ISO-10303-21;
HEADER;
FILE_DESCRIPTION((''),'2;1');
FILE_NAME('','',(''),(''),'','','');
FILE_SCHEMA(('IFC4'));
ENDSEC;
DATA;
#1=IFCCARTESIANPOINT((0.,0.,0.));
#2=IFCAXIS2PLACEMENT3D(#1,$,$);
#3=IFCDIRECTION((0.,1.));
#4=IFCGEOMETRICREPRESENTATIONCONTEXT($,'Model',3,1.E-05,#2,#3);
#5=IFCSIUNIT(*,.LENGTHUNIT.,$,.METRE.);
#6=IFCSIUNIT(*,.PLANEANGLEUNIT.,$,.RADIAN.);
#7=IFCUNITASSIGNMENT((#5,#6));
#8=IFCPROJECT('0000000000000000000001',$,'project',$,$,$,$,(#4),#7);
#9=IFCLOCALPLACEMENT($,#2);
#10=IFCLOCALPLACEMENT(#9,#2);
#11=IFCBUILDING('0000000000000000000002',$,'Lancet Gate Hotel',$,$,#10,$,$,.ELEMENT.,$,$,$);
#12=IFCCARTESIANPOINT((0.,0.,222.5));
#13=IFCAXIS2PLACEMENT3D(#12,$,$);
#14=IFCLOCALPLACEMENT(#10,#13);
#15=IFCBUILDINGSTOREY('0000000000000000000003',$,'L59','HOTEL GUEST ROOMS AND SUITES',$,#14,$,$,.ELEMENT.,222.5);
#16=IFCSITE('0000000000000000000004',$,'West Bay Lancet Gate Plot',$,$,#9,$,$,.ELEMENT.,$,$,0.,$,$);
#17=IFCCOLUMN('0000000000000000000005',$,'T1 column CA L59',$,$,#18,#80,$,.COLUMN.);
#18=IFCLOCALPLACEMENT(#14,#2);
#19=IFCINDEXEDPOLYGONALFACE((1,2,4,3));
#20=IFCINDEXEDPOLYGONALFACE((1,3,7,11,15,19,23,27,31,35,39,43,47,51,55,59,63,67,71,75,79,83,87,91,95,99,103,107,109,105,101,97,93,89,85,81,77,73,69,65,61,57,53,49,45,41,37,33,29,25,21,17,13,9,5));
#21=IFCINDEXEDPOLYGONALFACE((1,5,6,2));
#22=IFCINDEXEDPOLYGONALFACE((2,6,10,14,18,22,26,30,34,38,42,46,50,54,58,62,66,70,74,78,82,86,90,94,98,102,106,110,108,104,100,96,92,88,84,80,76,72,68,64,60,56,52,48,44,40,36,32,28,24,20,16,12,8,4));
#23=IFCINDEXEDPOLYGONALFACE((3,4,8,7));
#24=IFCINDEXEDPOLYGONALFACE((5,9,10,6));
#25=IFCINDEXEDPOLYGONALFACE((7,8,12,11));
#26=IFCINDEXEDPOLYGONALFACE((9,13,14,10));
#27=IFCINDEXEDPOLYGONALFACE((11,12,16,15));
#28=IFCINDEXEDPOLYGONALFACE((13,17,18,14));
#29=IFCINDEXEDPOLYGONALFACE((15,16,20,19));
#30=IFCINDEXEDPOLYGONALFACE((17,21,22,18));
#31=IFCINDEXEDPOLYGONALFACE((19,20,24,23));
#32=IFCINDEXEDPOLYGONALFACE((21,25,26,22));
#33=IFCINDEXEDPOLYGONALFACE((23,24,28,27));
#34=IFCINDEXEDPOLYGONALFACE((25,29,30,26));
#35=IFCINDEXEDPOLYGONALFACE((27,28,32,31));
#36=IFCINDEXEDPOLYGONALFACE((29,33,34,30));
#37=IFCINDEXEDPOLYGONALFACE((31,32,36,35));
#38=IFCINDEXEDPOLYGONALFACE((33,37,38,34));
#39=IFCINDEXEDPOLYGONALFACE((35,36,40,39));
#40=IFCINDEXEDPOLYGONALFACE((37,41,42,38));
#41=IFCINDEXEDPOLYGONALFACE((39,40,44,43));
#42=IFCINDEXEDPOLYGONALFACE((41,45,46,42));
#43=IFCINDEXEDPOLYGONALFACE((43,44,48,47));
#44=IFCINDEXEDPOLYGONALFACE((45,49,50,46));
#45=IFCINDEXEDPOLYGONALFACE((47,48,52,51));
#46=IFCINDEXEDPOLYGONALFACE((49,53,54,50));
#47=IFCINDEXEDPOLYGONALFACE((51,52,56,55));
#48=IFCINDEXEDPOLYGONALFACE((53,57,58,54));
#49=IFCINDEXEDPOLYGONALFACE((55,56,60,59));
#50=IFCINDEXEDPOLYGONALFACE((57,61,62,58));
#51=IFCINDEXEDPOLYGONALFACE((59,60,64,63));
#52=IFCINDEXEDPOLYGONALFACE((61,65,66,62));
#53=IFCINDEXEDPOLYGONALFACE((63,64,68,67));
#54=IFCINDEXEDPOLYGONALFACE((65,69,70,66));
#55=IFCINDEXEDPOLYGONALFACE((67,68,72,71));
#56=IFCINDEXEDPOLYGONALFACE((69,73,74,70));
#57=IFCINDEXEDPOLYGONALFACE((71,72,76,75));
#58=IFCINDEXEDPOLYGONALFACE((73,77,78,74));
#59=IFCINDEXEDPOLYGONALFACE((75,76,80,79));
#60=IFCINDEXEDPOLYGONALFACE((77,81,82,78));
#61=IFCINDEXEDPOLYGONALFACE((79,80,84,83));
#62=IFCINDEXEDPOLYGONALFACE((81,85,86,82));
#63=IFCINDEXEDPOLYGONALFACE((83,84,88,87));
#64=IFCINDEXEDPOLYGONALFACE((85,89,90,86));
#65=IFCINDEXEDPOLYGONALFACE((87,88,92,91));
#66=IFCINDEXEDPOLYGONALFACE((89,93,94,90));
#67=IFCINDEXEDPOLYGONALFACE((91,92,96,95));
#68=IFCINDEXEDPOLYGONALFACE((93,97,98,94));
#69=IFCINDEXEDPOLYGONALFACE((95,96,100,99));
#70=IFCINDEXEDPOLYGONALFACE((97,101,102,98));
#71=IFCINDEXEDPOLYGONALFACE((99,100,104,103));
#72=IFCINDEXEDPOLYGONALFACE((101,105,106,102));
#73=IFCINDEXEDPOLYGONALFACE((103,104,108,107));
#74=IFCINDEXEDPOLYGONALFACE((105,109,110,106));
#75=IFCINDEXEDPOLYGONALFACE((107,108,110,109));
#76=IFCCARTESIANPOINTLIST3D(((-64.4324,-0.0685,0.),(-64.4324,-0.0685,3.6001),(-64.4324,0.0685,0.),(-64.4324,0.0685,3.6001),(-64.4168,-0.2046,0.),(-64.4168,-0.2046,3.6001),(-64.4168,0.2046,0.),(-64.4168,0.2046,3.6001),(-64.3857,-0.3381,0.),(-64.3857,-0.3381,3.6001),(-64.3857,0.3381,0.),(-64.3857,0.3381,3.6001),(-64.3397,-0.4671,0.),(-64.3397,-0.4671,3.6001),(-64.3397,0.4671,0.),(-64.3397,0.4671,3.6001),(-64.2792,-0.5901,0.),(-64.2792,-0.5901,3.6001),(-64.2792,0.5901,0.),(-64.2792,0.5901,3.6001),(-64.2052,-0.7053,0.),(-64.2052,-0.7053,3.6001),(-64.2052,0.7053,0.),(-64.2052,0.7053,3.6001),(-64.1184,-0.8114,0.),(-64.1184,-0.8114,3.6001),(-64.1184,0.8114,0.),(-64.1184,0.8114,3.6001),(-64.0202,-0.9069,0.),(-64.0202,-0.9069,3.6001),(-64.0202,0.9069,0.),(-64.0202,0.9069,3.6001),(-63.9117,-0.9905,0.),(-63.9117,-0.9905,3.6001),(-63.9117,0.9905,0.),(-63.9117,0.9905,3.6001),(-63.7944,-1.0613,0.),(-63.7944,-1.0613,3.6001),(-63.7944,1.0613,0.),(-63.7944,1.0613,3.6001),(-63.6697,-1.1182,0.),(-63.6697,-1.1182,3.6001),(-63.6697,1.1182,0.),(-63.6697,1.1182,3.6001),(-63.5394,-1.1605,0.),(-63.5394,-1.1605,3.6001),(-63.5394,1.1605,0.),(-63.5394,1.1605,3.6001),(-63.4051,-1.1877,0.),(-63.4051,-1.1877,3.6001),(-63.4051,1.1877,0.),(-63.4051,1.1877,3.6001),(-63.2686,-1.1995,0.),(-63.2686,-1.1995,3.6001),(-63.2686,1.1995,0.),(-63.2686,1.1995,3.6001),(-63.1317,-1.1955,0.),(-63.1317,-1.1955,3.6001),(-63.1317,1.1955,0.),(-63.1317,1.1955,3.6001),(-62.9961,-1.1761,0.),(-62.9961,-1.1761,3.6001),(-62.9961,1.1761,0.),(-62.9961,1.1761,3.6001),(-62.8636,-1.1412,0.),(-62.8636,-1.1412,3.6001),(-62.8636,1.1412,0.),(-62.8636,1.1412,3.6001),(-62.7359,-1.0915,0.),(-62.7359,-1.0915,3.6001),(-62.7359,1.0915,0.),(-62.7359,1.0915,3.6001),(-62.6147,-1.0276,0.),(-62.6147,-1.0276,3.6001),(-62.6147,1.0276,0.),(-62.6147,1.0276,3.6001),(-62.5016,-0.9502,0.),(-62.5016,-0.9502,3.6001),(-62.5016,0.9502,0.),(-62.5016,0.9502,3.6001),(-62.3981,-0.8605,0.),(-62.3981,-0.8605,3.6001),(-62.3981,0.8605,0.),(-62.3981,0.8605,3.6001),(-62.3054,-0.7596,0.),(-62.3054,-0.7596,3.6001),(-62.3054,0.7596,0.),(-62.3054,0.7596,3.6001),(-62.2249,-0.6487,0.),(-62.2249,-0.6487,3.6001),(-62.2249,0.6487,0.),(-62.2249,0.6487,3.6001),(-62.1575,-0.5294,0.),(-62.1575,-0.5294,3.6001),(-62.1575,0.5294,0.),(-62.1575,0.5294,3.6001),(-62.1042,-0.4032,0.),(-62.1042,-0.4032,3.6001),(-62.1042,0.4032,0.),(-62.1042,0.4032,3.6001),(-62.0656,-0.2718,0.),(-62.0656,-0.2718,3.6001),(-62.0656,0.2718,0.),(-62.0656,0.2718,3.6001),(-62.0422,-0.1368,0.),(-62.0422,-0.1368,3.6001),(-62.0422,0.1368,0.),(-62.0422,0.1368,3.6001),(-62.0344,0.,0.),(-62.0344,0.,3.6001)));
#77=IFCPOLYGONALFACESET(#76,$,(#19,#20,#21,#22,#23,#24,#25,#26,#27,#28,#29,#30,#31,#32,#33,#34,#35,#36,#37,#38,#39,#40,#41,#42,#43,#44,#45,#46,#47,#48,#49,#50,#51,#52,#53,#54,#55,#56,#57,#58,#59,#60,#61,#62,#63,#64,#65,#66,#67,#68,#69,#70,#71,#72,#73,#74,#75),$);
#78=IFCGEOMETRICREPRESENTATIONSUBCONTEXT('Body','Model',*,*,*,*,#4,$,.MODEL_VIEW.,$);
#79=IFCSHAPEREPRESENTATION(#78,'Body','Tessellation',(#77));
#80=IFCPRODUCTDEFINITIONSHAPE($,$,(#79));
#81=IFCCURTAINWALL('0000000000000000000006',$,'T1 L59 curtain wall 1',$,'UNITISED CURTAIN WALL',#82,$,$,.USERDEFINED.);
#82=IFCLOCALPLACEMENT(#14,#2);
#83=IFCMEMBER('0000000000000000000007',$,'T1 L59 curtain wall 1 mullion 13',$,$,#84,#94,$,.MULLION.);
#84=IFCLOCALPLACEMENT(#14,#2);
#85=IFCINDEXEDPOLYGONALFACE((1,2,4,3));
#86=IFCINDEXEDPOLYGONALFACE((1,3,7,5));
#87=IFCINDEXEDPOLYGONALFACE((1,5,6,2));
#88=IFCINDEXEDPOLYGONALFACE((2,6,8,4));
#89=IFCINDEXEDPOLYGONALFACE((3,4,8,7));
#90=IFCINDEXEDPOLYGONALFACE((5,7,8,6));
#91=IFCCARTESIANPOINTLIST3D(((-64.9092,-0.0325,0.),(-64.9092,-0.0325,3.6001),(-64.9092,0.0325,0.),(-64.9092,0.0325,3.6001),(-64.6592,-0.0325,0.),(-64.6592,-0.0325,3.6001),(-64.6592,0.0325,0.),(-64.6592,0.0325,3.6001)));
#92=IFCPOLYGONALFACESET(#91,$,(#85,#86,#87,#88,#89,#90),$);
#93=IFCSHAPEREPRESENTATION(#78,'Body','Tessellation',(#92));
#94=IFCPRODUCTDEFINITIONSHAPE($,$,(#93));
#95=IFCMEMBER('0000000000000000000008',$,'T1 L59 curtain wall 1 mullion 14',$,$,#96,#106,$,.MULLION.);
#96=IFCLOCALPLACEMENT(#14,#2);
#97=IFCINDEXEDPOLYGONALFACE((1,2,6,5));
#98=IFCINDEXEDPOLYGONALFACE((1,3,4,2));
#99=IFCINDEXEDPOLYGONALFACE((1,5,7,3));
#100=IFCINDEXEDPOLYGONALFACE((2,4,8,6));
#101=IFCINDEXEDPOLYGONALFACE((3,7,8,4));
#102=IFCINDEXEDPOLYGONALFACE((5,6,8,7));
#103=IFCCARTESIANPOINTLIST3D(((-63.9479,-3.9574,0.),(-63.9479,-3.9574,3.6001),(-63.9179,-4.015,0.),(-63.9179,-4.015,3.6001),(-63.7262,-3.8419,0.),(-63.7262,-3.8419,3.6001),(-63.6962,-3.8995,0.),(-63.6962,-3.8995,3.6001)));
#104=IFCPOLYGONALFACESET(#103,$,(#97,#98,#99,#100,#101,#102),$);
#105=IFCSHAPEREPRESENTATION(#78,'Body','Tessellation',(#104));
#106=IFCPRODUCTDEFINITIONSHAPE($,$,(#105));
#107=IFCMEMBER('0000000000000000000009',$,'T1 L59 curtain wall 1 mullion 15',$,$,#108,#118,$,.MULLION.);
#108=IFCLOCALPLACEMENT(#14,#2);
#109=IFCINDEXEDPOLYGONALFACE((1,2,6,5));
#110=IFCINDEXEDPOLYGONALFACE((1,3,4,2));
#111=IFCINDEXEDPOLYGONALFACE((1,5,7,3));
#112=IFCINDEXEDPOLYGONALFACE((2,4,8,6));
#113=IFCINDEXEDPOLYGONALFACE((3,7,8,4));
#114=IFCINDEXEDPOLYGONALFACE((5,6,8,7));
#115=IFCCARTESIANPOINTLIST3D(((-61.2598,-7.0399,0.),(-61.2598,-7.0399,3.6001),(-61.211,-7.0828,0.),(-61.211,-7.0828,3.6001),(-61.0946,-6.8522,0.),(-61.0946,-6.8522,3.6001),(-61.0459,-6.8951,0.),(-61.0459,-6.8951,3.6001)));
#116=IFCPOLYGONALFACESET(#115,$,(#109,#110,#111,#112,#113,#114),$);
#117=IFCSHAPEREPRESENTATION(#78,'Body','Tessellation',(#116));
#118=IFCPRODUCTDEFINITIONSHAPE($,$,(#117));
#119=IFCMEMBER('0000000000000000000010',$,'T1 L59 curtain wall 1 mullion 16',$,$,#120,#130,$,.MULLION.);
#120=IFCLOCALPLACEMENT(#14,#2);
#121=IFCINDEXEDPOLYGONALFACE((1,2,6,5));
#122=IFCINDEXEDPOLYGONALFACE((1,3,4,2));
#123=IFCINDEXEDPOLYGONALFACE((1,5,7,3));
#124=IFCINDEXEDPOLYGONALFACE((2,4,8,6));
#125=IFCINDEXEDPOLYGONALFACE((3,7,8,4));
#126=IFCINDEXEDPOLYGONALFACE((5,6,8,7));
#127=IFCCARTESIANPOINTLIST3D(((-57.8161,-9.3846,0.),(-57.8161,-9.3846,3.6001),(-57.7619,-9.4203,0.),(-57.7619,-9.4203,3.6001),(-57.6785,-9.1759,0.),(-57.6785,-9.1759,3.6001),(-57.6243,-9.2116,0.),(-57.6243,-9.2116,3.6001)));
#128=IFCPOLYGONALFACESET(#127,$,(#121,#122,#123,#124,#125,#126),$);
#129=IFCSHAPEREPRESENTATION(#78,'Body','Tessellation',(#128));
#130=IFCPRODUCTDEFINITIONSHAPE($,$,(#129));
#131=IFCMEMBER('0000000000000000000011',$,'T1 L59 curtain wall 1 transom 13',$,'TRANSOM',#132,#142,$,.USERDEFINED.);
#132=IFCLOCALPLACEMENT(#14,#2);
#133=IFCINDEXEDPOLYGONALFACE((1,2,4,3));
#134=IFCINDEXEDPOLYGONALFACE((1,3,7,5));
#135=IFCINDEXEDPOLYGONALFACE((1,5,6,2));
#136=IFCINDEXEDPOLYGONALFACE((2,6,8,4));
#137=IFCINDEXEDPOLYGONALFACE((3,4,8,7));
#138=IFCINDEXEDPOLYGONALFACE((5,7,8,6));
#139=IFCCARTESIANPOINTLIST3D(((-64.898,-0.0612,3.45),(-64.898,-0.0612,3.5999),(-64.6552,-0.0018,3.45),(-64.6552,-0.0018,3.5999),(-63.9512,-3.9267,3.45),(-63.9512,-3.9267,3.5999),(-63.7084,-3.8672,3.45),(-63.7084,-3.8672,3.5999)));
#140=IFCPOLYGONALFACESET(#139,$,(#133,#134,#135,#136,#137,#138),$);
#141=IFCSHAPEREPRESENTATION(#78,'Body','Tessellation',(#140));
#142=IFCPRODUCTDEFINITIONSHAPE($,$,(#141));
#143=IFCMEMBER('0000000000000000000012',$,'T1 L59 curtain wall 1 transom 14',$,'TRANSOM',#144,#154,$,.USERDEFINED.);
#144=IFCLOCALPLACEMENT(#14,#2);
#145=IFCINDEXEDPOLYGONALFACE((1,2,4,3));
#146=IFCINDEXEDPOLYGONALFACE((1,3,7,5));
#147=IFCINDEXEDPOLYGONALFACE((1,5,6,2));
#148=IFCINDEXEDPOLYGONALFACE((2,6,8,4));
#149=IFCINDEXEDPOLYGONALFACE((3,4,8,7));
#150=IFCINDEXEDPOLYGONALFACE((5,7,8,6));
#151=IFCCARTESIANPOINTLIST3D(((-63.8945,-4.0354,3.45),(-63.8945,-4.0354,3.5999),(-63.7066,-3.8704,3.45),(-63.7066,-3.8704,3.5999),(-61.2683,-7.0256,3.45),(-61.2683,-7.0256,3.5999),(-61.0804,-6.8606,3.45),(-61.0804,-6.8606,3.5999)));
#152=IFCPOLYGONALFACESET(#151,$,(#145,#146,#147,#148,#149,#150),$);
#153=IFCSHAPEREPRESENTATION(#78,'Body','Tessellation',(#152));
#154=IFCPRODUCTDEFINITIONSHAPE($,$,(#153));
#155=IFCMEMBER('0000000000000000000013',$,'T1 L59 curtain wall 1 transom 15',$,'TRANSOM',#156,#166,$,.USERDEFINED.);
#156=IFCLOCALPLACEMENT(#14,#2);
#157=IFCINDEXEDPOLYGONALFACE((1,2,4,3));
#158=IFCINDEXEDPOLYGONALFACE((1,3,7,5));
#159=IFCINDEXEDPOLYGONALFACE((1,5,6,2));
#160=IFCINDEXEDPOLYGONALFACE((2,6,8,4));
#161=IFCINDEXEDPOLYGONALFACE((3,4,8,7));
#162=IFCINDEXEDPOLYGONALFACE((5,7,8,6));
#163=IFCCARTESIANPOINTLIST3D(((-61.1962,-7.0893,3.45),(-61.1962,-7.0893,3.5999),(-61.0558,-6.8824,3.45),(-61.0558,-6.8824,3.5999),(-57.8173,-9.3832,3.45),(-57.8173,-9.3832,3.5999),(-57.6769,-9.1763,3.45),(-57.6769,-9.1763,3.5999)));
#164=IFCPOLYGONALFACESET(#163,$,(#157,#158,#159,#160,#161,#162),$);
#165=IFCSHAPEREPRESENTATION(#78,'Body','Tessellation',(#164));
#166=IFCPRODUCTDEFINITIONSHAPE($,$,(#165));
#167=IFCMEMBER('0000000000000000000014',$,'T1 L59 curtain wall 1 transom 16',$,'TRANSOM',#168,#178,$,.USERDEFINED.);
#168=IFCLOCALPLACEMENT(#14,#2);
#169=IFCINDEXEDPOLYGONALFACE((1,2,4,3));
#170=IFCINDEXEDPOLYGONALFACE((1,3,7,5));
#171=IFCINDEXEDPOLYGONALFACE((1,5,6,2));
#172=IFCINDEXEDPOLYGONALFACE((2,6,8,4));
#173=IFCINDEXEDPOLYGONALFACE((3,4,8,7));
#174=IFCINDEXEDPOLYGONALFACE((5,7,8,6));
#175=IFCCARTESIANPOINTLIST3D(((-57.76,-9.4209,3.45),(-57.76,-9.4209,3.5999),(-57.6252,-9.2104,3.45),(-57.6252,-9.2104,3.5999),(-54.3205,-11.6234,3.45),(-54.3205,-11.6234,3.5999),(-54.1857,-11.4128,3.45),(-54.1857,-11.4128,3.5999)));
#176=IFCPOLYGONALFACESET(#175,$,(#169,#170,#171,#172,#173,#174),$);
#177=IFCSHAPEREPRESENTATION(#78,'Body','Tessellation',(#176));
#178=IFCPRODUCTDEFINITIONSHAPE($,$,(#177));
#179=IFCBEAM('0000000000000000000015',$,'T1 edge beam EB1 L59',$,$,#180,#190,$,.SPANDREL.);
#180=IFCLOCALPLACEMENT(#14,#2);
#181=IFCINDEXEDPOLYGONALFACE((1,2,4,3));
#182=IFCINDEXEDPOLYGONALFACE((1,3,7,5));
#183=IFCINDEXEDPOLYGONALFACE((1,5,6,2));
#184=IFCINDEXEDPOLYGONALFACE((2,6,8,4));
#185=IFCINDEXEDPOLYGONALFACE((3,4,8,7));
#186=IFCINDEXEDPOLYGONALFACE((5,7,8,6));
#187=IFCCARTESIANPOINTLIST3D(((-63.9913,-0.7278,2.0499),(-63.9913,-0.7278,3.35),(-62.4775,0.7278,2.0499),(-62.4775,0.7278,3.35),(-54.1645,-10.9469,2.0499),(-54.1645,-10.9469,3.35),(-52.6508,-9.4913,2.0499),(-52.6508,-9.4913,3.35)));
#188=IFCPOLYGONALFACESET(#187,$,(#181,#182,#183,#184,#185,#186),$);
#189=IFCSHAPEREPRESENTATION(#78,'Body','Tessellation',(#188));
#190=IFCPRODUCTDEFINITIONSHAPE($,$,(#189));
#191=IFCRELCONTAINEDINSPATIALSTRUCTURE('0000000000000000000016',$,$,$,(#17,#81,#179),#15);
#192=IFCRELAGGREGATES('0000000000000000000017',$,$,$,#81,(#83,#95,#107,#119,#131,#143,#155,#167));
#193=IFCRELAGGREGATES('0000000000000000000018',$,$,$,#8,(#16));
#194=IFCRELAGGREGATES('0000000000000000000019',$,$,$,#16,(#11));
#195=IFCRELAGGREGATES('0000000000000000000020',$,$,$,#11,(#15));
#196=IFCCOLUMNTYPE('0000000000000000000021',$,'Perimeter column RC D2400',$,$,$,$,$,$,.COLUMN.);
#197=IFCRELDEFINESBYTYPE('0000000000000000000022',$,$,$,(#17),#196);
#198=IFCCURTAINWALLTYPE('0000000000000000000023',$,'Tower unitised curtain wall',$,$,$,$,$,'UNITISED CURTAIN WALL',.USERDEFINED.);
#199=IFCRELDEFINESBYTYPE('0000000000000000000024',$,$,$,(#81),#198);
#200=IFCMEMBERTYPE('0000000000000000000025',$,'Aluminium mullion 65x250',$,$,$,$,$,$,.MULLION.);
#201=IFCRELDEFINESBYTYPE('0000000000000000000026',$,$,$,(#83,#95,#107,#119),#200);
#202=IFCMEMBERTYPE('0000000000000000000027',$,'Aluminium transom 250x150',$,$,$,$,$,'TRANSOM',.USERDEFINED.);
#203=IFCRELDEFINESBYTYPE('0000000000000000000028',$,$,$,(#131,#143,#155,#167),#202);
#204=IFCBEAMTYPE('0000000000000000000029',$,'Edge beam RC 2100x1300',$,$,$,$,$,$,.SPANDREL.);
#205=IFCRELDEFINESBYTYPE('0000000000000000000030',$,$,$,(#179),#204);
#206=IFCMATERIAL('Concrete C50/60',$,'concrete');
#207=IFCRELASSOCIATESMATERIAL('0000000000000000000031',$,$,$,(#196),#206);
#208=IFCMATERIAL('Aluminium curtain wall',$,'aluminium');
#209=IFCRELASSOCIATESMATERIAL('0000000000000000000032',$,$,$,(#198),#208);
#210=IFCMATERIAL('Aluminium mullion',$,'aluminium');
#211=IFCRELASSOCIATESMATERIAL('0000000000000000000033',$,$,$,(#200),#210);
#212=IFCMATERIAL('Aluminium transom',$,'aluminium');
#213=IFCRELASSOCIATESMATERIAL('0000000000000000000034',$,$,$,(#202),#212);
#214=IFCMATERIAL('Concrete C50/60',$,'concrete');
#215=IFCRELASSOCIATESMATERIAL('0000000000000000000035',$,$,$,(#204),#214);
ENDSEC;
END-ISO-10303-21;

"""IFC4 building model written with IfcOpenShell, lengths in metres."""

from ifc_helpers import new_model, si_unit, direction, frame, origin, origin_2d, place, context, subcontext, project, spatial, rectangle, circle, extrude, material, material_profile, profile_set, type_object, element, aggregate, save


model = new_model("IFC4")

# Units and contexts
model_context = context("Model", 3, precision=1e-05, world=origin(), true_north=direction((0.0, 1.0)))
body_context = subcontext(model_context, "Body", "Model", "MODEL_VIEW")
ifc_project = project(units=[si_unit("LENGTHUNIT", "METRE"), si_unit("PLANEANGLEUNIT", "RADIAN")], contexts=[model_context])

# Site, building, storey
site_placement = place(None, origin())
site = spatial("IfcSite", under=ifc_project, at=site_placement, Name="West Bay Lancet Gate Plot", CompositionType="ELEMENT", RefElevation=0.0)
building_placement = place(site_placement, origin())
building = spatial("IfcBuilding", under=site, at=building_placement, Name="Lancet Gate Hotel", CompositionType="ELEMENT")
storey_placement = place(building_placement, frame((0.0, 0.0, 222.5)))
storey = spatial("IfcBuildingStorey", under=building, at=storey_placement, Name="L59", Description="HOTEL GUEST ROOMS AND SUITES", CompositionType="ELEMENT", Elevation=222.5)

# Column
ifc_material_1 = material(Name="Concrete C50/60", Category="concrete")
ifc_material_profile_1 = material_profile(ifc_material_1, circle(Radius=1.2, at=origin_2d()), Name="RC D2400")
ifc_profile_set_1 = profile_set([ifc_material_profile_1], Name="Concrete C50/60")
column_type = type_object("IfcColumnType", Name="Perimeter column RC D2400", PredefinedType="COLUMN", material=ifc_profile_set_1)
column_placement = place(storey_placement, frame((-63.2344, 0.0, 0.0), z_axis=(0.0, 0.0, 1.0), x_axis=(1.0, 0.0, 0.0)))
element("IfcColumn", 1, at=column_placement, inside=storey, type_object=column_type, Name="T1 column CA L59", PredefinedType="COLUMN", context=body_context, shape_type="SweptSolid", body=[
    extrude(circle(Radius=1.2, at=origin_2d()), origin(), (0.0, 0.0, 1.0), 3.6001),
])

# Curtain wall, members
ifc_material_2 = material(Name="Aluminium curtain wall", Category="aluminium")
curtain_wall_type = type_object("IfcCurtainWallType", Name="Tower unitised curtain wall", ElementType="UNITISED CURTAIN WALL", PredefinedType="USERDEFINED", material=ifc_material_2)
curtain_wall_placement = place(storey_placement, origin())
curtain_wall = element("IfcCurtainWall", 2, at=curtain_wall_placement, inside=storey, type_object=curtain_wall_type, Name="T1 L59 curtain wall 1", ObjectType="UNITISED CURTAIN WALL", PredefinedType="USERDEFINED")
ifc_material_3 = material(Name="Aluminium mullion", Category="aluminium")
ifc_material_profile_2 = material_profile(ifc_material_3, rectangle(XDim=0.0649, YDim=0.25, at=origin_2d()), Name="MULLION 65x250")
ifc_profile_set_2 = profile_set([ifc_material_profile_2], Name="Aluminium mullion")
member_type_1 = type_object("IfcMemberType", Name="Aluminium mullion 65x250", PredefinedType="MULLION", material=ifc_profile_set_2)
member_1_placement = place(storey_placement, frame((-64.7842, 0.0, 0.0), z_axis=(0.0, 0.0, 1.0), x_axis=(0.0, -1.0, 0.0)))
member_1 = element("IfcMember", 3, at=member_1_placement, type_object=member_type_1, Name="T1 L59 curtain wall 1 mullion 13", PredefinedType="MULLION", context=body_context, shape_type="SweptSolid", body=[
    extrude(rectangle(XDim=0.0649, YDim=0.25, at=origin_2d()), origin(), (0.0, 0.0, 1.0), 3.6001),
])
member_2_placement = place(storey_placement, frame((-63.822, -3.9285, 0.0), z_axis=(0.0, 0.0, 1.0), x_axis=(0.462178, -0.886787, 0.0)))
member_2 = element("IfcMember", 4, at=member_2_placement, type_object=member_type_1, Name="T1 L59 curtain wall 1 mullion 14", PredefinedType="MULLION", context=body_context, shape_type="SweptSolid", body=[
    extrude(rectangle(XDim=0.0649, YDim=0.25, at=origin_2d()), origin(), (0.0, 0.0, 1.0), 3.6001),
])
member_3_placement = place(storey_placement, frame((-61.1528, -6.9675, 0.0), z_axis=(0.0, 0.0, 1.0), x_axis=(0.750716, -0.660626, 0.0)))
member_3 = element("IfcMember", 5, at=member_3_placement, type_object=member_type_1, Name="T1 L59 curtain wall 1 mullion 15", PredefinedType="MULLION", context=body_context, shape_type="SweptSolid", body=[
    extrude(rectangle(XDim=0.0649, YDim=0.25, at=origin_2d()), origin(), (0.0, 0.0, 1.0), 3.6001),
])
member_4_placement = place(storey_placement, frame((-57.7202, -9.2981, 0.0), z_axis=(0.0, 0.0, 1.0), x_axis=(0.834827, -0.550512, 0.0)))
member_4 = element("IfcMember", 6, at=member_4_placement, type_object=member_type_1, Name="T1 L59 curtain wall 1 mullion 16", PredefinedType="MULLION", context=body_context, shape_type="SweptSolid", body=[
    extrude(rectangle(XDim=0.0649, YDim=0.25, at=origin_2d()), origin(), (0.0, 0.0, 1.0), 3.6001),
])
ifc_material_4 = material(Name="Aluminium transom", Category="aluminium")
ifc_material_profile_3 = material_profile(ifc_material_4, rectangle(XDim=0.25, YDim=0.1499, at=origin_2d()), Name="TRANSOM 250x150")
ifc_profile_set_3 = profile_set([ifc_material_profile_3], Name="Aluminium transom")
member_type_2 = type_object("IfcMemberType", Name="Aluminium transom 250x150", ElementType="TRANSOM", PredefinedType="USERDEFINED", material=ifc_profile_set_3)
member_5_placement = place(storey_placement, frame((-64.7766, -0.0315, 3.5249), z_axis=(0.237899, -0.97129, 0.0), x_axis=(0.97129, 0.237899, 0.0)))
member_5 = element("IfcMember", 7, at=member_5_placement, type_object=member_type_2, Name="T1 L59 curtain wall 1 transom 13", ObjectType="TRANSOM", PredefinedType="USERDEFINED", context=body_context, shape_type="SweptSolid", body=[
    extrude(rectangle(XDim=0.25, YDim=0.1499, at=origin_2d()), origin(), (0.0, 0.0, 1.0), 3.9797),
])
member_6_placement = place(storey_placement, frame((-63.8005, -3.9529, 3.5249), z_axis=(0.659893, -0.751359, 0.0), x_axis=(0.751359, 0.659893, 0.0)))
member_6 = element("IfcMember", 8, at=member_6_placement, type_object=member_type_2, Name="T1 L59 curtain wall 1 transom 14", ObjectType="TRANSOM", PredefinedType="USERDEFINED", context=body_context, shape_type="SweptSolid", body=[
    extrude(rectangle(XDim=0.25, YDim=0.1499, at=origin_2d()), origin(), (0.0, 0.0, 1.0), 3.9797),
])
member_7_placement = place(storey_placement, frame((-61.126, -6.9858, 3.5249), z_axis=(0.827349, -0.561689, 0.0), x_axis=(0.561689, 0.827349, 0.0)))
member_7 = element("IfcMember", 9, at=member_7_placement, type_object=member_type_2, Name="T1 L59 curtain wall 1 transom 15", ObjectType="TRANSOM", PredefinedType="USERDEFINED", context=body_context, shape_type="SweptSolid", body=[
    extrude(rectangle(XDim=0.25, YDim=0.1499, at=origin_2d()), origin(), (0.0, 0.0, 1.0), 4.084),
])
member_8_placement = place(storey_placement, frame((-57.6926, -9.3157, 3.5249), z_axis=(0.842144, -0.539252, 0.0), x_axis=(0.539252, 0.842144, 0.0)))
member_8 = element("IfcMember", 10, at=member_8_placement, type_object=member_type_2, Name="T1 L59 curtain wall 1 transom 16", ObjectType="TRANSOM", PredefinedType="USERDEFINED", context=body_context, shape_type="SweptSolid", body=[
    extrude(rectangle(XDim=0.25, YDim=0.1499, at=origin_2d()), origin(), (0.0, 0.0, 1.0), 4.0842),
])

# Beam
ifc_material_5 = material(Name="Concrete C50/60", Category="concrete")
ifc_material_profile_4 = material_profile(ifc_material_5, rectangle(XDim=2.1001, YDim=1.3, at=origin_2d()), Name="RC 2100x1300")
ifc_profile_set_4 = profile_set([ifc_material_profile_4], Name="Concrete C50/60")
beam_type_1 = type_object("IfcBeamType", Name="Edge beam RC 2100x1300", PredefinedType="SPANDREL", material=ifc_profile_set_4)
beam_1_placement = place(storey_placement, frame((-63.2344, 0.0, 2.7), z_axis=(0.693135, -0.720808, 0.0), x_axis=(0.720808, 0.693135, 0.0)))
element("IfcBeam", 11, at=beam_1_placement, inside=storey, type_object=beam_type_1, Name="T1 edge beam EB1 L59", PredefinedType="SPANDREL", context=body_context, shape_type="SweptSolid", body=[
    extrude(rectangle(XDim=2.1001, YDim=1.3, at=origin_2d()), origin(), (0.0, 0.0, 1.0), 14.1772),
])

aggregate(curtain_wall, [member_1, member_2, member_3, member_4, member_5, member_6, member_7, member_8])

save(model, "model.ifc")
